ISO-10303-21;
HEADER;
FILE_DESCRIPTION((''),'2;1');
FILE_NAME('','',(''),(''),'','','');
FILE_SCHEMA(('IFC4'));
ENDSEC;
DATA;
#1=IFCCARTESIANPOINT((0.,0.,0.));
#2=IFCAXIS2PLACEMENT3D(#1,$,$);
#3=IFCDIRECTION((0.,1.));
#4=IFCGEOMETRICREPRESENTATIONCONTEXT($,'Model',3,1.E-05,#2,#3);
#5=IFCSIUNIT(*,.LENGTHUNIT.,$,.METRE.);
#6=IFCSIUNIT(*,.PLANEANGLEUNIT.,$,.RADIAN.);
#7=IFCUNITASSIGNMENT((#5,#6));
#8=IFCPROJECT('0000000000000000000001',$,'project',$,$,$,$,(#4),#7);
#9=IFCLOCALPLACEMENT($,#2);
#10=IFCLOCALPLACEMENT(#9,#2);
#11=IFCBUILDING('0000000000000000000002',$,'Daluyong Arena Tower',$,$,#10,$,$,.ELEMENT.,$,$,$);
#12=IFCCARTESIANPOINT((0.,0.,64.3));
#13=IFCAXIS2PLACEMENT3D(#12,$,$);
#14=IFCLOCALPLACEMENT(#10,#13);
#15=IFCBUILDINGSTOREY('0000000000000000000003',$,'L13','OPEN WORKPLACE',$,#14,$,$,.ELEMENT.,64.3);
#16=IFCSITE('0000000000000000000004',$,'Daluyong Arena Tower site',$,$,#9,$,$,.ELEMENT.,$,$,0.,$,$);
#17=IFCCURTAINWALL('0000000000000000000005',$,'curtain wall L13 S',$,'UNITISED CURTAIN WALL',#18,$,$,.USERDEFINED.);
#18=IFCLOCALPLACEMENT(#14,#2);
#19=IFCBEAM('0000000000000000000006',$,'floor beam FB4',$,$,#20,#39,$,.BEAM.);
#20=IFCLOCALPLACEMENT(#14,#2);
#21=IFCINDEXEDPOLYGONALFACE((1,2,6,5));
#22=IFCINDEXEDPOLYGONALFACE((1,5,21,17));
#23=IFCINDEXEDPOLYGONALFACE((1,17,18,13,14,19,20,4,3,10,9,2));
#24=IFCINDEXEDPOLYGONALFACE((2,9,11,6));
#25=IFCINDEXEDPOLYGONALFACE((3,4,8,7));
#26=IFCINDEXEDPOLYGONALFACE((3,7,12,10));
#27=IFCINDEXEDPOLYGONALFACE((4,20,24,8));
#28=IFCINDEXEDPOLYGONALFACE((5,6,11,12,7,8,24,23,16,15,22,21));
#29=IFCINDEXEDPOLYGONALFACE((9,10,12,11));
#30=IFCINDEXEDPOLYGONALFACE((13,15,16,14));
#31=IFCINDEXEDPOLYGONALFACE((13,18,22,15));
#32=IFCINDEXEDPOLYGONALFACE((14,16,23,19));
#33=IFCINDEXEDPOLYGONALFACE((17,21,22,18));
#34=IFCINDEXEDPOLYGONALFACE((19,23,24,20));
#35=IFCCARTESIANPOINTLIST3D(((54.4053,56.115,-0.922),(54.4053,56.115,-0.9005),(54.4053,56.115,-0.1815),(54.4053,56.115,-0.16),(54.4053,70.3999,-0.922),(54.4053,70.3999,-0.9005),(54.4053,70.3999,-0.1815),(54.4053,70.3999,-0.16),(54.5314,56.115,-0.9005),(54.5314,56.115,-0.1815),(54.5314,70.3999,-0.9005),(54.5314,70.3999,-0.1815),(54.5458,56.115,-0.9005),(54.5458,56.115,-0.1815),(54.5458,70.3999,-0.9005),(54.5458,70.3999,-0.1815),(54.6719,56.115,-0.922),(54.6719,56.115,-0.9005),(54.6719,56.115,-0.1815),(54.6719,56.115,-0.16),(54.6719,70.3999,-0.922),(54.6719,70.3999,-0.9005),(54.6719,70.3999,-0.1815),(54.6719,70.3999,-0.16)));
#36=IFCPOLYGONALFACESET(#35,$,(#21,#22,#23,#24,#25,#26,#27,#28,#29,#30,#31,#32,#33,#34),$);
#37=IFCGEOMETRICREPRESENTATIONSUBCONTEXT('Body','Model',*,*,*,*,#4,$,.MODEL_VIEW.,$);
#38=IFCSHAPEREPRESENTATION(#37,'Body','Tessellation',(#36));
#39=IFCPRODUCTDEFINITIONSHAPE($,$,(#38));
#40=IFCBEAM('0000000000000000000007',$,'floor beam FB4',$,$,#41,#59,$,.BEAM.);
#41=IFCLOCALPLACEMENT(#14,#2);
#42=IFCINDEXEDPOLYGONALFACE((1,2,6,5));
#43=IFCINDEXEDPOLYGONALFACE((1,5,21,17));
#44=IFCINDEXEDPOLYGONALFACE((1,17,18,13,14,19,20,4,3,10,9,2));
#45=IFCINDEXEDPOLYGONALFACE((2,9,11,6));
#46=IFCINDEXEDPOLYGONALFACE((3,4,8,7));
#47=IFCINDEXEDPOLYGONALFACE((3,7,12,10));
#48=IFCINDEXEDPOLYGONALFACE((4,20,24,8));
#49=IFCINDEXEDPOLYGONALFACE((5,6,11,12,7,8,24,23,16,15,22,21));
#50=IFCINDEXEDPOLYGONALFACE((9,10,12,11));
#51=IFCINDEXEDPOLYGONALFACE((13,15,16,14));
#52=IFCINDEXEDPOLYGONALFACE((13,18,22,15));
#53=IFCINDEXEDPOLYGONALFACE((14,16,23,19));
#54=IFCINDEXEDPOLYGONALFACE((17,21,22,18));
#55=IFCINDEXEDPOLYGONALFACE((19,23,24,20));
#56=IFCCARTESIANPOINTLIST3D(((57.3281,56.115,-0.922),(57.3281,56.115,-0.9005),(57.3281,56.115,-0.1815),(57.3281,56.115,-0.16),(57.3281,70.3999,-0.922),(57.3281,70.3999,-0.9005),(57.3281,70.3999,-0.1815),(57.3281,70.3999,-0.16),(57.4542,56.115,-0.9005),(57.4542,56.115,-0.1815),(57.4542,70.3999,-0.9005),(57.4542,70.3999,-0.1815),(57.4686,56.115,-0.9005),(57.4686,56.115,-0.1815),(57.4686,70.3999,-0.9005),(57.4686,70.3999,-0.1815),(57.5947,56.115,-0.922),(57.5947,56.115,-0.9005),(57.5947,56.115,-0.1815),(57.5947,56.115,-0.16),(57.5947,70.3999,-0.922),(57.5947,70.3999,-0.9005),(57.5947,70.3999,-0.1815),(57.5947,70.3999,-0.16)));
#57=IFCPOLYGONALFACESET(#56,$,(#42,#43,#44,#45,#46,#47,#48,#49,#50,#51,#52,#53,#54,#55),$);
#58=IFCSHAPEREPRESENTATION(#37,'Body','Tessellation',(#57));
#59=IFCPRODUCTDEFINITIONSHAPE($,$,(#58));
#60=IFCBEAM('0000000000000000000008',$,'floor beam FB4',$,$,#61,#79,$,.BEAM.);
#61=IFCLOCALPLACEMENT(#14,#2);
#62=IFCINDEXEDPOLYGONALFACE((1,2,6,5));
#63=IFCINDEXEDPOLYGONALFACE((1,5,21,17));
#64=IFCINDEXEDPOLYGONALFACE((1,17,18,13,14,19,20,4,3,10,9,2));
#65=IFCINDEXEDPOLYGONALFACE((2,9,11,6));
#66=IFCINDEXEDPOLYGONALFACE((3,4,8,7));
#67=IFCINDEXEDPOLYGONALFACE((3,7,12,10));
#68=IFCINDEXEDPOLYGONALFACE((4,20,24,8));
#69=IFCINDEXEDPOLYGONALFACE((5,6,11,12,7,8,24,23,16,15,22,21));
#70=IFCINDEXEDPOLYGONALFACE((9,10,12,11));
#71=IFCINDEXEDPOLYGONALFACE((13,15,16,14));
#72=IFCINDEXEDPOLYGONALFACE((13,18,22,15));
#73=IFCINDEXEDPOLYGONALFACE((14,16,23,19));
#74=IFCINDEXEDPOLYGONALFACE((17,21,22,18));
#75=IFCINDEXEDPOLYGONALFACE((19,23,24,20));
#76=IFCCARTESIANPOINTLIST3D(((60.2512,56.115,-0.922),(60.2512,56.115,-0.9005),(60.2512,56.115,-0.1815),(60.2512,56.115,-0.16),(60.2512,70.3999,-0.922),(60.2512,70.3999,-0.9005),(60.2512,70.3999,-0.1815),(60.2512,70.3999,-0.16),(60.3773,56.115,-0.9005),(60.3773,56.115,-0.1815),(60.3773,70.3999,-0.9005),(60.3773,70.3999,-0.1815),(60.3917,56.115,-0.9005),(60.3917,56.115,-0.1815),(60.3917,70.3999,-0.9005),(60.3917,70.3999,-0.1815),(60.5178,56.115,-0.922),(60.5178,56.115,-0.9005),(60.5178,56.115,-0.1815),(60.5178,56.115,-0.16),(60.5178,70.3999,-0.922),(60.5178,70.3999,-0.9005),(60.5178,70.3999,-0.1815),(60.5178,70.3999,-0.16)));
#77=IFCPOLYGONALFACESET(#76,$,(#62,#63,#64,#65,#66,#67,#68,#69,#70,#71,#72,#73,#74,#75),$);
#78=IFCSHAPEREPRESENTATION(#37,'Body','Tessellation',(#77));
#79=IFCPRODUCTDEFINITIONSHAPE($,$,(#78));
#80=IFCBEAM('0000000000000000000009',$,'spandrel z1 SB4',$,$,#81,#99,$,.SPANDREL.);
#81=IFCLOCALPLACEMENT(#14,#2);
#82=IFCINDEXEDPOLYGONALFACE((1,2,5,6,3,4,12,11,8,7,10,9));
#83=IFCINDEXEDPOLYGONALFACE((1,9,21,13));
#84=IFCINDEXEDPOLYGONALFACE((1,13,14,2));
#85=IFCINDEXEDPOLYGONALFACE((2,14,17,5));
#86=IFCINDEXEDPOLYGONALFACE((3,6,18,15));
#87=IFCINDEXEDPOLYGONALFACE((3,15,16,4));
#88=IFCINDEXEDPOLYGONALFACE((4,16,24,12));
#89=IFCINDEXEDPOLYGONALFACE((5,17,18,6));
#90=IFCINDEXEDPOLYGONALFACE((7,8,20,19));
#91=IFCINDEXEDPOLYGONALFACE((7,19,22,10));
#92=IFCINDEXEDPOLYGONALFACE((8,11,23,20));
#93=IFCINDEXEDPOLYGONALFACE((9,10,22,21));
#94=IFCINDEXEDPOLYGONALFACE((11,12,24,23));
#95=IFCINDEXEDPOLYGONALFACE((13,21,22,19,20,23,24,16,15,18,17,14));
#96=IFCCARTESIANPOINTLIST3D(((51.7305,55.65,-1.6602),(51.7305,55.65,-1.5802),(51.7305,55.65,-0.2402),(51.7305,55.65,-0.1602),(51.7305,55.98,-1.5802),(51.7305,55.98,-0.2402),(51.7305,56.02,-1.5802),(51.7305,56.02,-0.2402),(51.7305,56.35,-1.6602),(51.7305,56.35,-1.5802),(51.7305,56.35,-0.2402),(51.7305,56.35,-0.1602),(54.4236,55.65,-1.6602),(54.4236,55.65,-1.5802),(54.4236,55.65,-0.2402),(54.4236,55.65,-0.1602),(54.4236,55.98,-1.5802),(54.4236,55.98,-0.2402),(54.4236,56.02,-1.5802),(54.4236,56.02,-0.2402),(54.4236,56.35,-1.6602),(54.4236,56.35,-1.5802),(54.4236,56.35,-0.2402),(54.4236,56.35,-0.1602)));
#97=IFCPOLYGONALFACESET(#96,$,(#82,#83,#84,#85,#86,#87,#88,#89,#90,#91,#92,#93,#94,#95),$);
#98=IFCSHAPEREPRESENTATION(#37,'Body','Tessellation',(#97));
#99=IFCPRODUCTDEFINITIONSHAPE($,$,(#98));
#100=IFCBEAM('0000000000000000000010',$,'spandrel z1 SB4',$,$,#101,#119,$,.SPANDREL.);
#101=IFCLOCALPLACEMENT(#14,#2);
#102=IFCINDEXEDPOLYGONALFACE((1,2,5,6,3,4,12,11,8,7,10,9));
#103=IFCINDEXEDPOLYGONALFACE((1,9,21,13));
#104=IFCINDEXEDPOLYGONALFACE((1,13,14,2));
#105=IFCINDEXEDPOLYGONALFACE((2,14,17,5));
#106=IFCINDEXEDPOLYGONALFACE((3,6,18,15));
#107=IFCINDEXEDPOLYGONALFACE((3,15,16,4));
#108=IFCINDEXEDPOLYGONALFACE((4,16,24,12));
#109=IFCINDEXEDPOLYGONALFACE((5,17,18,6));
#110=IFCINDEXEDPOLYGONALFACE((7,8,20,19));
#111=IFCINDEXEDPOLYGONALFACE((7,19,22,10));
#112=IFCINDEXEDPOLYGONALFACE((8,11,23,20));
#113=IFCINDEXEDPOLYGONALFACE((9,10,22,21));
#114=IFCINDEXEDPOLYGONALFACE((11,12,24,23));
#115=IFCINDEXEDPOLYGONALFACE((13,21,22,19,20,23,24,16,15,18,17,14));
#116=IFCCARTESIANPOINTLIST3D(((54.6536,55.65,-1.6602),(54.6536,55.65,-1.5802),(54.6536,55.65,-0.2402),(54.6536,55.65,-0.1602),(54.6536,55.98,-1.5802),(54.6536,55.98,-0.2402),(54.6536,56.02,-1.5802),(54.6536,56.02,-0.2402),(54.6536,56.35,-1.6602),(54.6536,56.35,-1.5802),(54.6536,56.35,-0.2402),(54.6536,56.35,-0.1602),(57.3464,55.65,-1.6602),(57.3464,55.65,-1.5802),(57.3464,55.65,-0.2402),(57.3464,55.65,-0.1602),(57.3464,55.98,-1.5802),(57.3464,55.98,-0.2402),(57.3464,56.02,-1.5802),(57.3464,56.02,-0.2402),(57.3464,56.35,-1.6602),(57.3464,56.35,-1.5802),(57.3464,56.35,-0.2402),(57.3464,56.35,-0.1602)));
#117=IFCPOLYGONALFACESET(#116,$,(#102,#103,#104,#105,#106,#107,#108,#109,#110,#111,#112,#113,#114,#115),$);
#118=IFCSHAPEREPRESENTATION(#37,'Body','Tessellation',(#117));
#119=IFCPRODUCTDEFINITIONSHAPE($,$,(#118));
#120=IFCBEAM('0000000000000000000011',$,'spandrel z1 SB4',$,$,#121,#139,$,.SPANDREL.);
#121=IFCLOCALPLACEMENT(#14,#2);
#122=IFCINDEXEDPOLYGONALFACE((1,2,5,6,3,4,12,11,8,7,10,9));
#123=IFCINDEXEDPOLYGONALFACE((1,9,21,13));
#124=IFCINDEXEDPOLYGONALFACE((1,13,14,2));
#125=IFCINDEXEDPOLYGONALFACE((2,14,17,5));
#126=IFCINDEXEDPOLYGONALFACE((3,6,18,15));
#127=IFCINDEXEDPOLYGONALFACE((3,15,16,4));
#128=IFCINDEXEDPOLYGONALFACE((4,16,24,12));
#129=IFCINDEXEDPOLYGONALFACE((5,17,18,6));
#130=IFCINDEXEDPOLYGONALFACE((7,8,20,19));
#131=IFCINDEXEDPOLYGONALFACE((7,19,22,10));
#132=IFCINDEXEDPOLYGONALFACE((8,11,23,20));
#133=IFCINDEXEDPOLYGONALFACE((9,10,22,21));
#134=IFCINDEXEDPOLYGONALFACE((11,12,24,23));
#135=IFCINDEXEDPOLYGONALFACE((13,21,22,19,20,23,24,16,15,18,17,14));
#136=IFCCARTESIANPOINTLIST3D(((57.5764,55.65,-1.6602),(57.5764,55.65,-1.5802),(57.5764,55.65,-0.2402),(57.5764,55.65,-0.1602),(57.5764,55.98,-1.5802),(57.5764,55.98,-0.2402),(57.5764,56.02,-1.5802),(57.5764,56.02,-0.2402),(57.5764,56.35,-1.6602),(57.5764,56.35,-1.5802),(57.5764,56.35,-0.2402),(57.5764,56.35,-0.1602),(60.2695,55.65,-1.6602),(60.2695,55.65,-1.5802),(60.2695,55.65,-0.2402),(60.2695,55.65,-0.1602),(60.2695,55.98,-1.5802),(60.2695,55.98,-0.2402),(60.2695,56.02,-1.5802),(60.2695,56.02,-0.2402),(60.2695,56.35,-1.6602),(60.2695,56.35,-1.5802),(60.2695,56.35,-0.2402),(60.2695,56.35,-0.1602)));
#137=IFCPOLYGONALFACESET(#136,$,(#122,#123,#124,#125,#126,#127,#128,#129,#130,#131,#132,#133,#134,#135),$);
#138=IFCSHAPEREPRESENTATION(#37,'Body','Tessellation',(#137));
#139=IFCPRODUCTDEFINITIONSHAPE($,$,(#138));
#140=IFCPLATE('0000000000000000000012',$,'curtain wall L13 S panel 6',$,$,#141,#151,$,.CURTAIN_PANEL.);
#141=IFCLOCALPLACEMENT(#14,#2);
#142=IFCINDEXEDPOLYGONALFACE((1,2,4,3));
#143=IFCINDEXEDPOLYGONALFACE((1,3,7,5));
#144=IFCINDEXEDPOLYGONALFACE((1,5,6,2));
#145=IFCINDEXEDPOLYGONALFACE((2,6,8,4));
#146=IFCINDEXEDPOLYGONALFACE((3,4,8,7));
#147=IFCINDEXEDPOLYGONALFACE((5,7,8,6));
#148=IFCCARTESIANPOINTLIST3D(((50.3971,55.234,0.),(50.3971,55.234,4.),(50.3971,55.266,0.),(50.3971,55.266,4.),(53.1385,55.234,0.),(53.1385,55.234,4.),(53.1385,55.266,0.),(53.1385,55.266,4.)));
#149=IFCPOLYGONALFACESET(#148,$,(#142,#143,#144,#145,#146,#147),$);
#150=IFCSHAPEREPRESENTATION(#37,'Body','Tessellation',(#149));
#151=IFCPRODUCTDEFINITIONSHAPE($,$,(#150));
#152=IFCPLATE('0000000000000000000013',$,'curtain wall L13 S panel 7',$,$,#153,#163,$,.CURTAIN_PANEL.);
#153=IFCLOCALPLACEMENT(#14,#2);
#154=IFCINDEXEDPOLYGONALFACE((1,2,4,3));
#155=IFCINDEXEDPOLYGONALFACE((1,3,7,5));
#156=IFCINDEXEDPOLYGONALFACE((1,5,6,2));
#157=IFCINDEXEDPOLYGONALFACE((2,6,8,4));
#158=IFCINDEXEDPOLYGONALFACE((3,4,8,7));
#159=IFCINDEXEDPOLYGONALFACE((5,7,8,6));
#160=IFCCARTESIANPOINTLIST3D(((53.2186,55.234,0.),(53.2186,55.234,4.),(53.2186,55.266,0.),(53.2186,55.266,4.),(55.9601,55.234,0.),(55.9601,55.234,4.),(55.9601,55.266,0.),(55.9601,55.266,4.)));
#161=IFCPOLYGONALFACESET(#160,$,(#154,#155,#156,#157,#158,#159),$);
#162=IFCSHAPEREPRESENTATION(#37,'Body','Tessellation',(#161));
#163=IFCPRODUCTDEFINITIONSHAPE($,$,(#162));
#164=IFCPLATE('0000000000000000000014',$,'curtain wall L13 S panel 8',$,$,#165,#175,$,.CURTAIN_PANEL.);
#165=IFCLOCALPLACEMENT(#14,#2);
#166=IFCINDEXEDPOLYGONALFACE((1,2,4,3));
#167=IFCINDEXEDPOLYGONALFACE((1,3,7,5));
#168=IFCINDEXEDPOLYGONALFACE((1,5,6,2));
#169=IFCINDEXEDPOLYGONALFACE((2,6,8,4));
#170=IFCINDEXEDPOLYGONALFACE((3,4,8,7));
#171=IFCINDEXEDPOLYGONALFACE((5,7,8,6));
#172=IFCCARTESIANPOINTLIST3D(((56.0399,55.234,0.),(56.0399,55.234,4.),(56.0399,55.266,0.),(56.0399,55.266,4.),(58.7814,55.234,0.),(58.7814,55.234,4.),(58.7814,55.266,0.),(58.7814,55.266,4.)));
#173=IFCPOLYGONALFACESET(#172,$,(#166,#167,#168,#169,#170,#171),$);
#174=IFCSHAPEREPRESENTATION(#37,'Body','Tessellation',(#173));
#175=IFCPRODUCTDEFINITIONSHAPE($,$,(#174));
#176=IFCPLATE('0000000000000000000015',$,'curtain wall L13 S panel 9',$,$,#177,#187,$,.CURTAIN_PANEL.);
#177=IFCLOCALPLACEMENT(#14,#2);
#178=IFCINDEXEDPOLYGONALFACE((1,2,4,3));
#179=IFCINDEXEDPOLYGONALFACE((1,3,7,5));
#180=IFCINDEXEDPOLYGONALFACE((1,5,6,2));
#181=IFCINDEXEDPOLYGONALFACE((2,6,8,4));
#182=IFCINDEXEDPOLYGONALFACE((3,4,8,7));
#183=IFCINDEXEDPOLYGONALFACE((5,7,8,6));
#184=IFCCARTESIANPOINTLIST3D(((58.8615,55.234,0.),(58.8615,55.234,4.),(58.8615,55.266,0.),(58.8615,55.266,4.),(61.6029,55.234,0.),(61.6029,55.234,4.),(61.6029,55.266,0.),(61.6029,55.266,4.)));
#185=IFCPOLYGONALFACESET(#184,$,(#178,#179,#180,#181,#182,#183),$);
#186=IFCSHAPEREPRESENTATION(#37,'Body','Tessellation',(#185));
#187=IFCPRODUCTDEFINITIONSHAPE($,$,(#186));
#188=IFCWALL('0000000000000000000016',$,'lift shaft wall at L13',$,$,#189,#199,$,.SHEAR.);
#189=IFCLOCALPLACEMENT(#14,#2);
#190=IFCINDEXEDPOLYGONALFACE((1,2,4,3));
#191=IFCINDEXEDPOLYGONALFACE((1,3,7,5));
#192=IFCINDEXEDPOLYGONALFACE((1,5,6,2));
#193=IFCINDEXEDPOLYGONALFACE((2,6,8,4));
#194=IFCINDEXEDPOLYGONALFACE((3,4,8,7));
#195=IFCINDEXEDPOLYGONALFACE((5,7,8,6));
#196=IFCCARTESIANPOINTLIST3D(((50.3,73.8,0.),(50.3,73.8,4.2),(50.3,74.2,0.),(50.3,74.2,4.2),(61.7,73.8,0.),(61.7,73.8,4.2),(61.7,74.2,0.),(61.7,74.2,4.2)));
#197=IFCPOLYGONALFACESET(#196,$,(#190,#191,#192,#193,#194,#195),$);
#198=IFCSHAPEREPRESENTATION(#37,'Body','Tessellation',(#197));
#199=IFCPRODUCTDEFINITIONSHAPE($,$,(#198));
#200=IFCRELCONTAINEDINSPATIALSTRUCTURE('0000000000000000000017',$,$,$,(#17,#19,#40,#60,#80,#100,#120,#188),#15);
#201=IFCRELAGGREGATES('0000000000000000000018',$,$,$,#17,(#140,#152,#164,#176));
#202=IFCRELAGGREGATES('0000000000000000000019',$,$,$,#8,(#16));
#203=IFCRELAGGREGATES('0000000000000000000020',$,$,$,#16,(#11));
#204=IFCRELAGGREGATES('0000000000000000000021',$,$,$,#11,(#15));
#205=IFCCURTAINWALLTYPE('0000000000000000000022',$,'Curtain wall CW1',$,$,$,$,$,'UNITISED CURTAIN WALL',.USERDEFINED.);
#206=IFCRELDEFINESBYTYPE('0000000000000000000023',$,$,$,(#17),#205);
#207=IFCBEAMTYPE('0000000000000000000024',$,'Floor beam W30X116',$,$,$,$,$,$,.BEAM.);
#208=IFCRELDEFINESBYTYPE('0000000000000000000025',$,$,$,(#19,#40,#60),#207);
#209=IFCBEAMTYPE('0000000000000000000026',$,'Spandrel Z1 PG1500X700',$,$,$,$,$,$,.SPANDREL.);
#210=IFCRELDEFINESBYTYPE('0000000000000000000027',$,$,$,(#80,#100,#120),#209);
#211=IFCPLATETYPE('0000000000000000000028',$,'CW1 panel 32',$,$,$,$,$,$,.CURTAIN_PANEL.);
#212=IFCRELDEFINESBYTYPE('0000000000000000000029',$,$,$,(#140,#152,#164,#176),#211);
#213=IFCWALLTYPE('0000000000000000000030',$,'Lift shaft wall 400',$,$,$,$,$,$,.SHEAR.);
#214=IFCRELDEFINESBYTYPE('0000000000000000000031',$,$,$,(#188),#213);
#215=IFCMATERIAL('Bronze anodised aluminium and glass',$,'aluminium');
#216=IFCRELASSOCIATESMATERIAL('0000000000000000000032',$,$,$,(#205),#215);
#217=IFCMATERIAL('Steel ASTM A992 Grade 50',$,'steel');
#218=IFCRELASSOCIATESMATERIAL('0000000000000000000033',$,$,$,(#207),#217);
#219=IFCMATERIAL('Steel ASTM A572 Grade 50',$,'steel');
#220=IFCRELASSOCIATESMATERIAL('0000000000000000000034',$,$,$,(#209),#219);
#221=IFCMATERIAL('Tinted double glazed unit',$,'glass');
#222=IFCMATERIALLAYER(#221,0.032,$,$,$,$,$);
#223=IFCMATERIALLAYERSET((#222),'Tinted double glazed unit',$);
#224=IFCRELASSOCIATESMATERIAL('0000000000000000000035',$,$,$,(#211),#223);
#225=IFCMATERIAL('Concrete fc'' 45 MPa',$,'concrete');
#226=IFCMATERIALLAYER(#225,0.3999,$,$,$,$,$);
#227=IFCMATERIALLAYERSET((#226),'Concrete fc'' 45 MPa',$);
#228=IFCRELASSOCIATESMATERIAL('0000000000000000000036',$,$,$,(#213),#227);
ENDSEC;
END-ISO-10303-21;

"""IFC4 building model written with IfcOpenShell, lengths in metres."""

from ifc_helpers import new_model, si_unit, direction, frame, frame_2d, origin, origin_2d, place, context, subcontext, project, spatial, rectangle, i_section, extrude, material, layer, layer_set, material_profile, profile_set, type_object, element, aggregate, save


model = new_model("IFC4")

# Units and contexts
model_context = context("Model", 3, precision=1e-05, world=origin(), true_north=direction((0.0, 1.0)))
body_context = subcontext(model_context, "Body", "Model", "MODEL_VIEW")
ifc_project = project(units=[si_unit("LENGTHUNIT", "METRE"), si_unit("PLANEANGLEUNIT", "RADIAN")], contexts=[model_context])

# Site, building, storey
site_placement = place(None, origin())
site = spatial("IfcSite", under=ifc_project, at=site_placement, Name="Daluyong Arena Tower site", CompositionType="ELEMENT", RefElevation=0.0)
building_placement = place(site_placement, origin())
building = spatial("IfcBuilding", under=site, at=building_placement, Name="Daluyong Arena Tower", CompositionType="ELEMENT")
storey_placement = place(building_placement, frame((0.0, 0.0, 64.3)))
storey = spatial("IfcBuildingStorey", under=building, at=storey_placement, Name="L13", Description="OPEN WORKPLACE", CompositionType="ELEMENT", Elevation=64.3)

# Curtain wall
ifc_material_1 = material(Name="Bronze anodised aluminium and glass", Category="aluminium")
curtain_wall_type = type_object("IfcCurtainWallType", Name="Curtain wall CW1", ElementType="UNITISED CURTAIN WALL", PredefinedType="USERDEFINED", material=ifc_material_1)
curtain_wall_placement = place(storey_placement, origin())
curtain_wall = element("IfcCurtainWall", 1, at=curtain_wall_placement, inside=storey, type_object=curtain_wall_type, Name="curtain wall L13 S", ObjectType="UNITISED CURTAIN WALL", PredefinedType="USERDEFINED")

# Beams
ifc_material_2 = material(Name="Steel ASTM A992 Grade 50", Category="steel")
ifc_material_profile_1 = material_profile(ifc_material_2, i_section(OverallWidth=0.2666, OverallDepth=0.762, WebThickness=0.0144, FlangeThickness=0.0215, at=origin_2d()))
ifc_profile_set_1 = profile_set([ifc_material_profile_1], Name="Steel ASTM A992 Grade 50")
beam_type_1 = type_object("IfcBeamType", Name="Floor beam W30X116", PredefinedType="BEAM", material=ifc_profile_set_1)
for number, where, z_axis, x_axis, name in (
    (2, (54.5386, 56.115, -0.541), (0.0, 1.0, 0.0), (-1.0, 0.0, 0.0), "floor beam FB4"),
    (3, (57.4614, 56.115, -0.541), (0.0, 1.0, 0.0), (-1.0, 0.0, 0.0), "floor beam FB4"),
    (4, (60.3845, 56.115, -0.541), (0.0, 1.0, 0.0), (-1.0, 0.0, 0.0), "floor beam FB4"),
):
    element("IfcBeam", number, at=place(storey_placement, frame(where, z_axis=z_axis, x_axis=x_axis)), inside=storey, type_object=beam_type_1, Name=name, PredefinedType="BEAM", context=body_context, shape_type="SweptSolid", body=[
        extrude(i_section(OverallWidth=0.2666, OverallDepth=0.762, WebThickness=0.0144, FlangeThickness=0.0215, at=origin_2d()), origin(), (0.0, 0.0, 1.0), 14.2849),
    ])
ifc_material_3 = material(Name="Steel ASTM A572 Grade 50", Category="steel")
ifc_material_profile_2 = material_profile(ifc_material_3, i_section(OverallWidth=0.7, OverallDepth=1.5, WebThickness=0.04, FlangeThickness=0.08, at=origin_2d()))
ifc_profile_set_2 = profile_set([ifc_material_profile_2], Name="Steel ASTM A572 Grade 50")
beam_type_2 = type_object("IfcBeamType", Name="Spandrel Z1 PG1500X700", PredefinedType="SPANDREL", material=ifc_profile_set_2)
beam_1_placement = place(storey_placement, frame((51.7305, 56.0, -0.9102), z_axis=(1.0, 0.0, 0.0), x_axis=(0.0, 1.0, 0.0)))
element("IfcBeam", 5, at=beam_1_placement, inside=storey, type_object=beam_type_2, Name="spandrel z1 SB4", PredefinedType="SPANDREL", context=body_context, shape_type="SweptSolid", body=[
    extrude(i_section(OverallWidth=0.7, OverallDepth=1.5, WebThickness=0.04, FlangeThickness=0.08, at=origin_2d()), origin(), (0.0, 0.0, 1.0), 2.6931),
])
beam_2_placement = place(storey_placement, frame((54.6536, 56.0, -0.9102), z_axis=(1.0, 0.0, 0.0), x_axis=(0.0, 1.0, 0.0)))
element("IfcBeam", 6, at=beam_2_placement, inside=storey, type_object=beam_type_2, Name="spandrel z1 SB4", PredefinedType="SPANDREL", context=body_context, shape_type="SweptSolid", body=[
    extrude(i_section(OverallWidth=0.7, OverallDepth=1.5, WebThickness=0.04, FlangeThickness=0.08, at=origin_2d()), origin(), (0.0, 0.0, 1.0), 2.6929),
])
beam_3_placement = place(storey_placement, frame((57.5764, 56.0, -0.9102), z_axis=(1.0, 0.0, 0.0), x_axis=(0.0, 1.0, 0.0)))
element("IfcBeam", 7, at=beam_3_placement, inside=storey, type_object=beam_type_2, Name="spandrel z1 SB4", PredefinedType="SPANDREL", context=body_context, shape_type="SweptSolid", body=[
    extrude(i_section(OverallWidth=0.7, OverallDepth=1.5, WebThickness=0.04, FlangeThickness=0.08, at=origin_2d()), origin(), (0.0, 0.0, 1.0), 2.6931),
])

# Plates
ifc_material_4 = material(Name="Tinted double glazed unit", Category="glass")
ifc_layer_1 = layer(ifc_material_4, 0.032)
ifc_layer_set_1 = layer_set([ifc_layer_1], Name="Tinted double glazed unit")
plate_type = type_object("IfcPlateType", Name="CW1 panel 32", PredefinedType="CURTAIN_PANEL", material=ifc_layer_set_1)
plate_1_placement = place(storey_placement, frame((51.7678, 55.25, 0.0), z_axis=(0.0, 0.0, 1.0), x_axis=(1.0, 0.0, 0.0)))
plate_1 = element("IfcPlate", 8, at=plate_1_placement, type_object=plate_type, Name="curtain wall L13 S panel 6", PredefinedType="CURTAIN_PANEL", context=body_context, shape_type="SweptSolid", body=[
    extrude(rectangle(XDim=2.7415, YDim=0.032, at=origin_2d()), origin(), (0.0, 0.0, 1.0), 4.0),
])
plate_2_placement = place(storey_placement, frame((54.5894, 55.25, 0.0), z_axis=(0.0, 0.0, 1.0), x_axis=(1.0, 0.0, 0.0)))
plate_2 = element("IfcPlate", 9, at=plate_2_placement, type_object=plate_type, Name="curtain wall L13 S panel 7", PredefinedType="CURTAIN_PANEL", context=body_context, shape_type="SweptSolid", body=[
    extrude(rectangle(XDim=2.7415, YDim=0.032, at=origin_2d()), origin(), (0.0, 0.0, 1.0), 4.0),
])
plate_3_placement = place(storey_placement, frame((57.4106, 55.25, 0.0), z_axis=(0.0, 0.0, 1.0), x_axis=(1.0, 0.0, 0.0)))
plate_3 = element("IfcPlate", 10, at=plate_3_placement, type_object=plate_type, Name="curtain wall L13 S panel 8", PredefinedType="CURTAIN_PANEL", context=body_context, shape_type="SweptSolid", body=[
    extrude(rectangle(XDim=2.7415, YDim=0.032, at=origin_2d()), origin(), (0.0, 0.0, 1.0), 4.0),
])
plate_4_placement = place(storey_placement, frame((60.2322, 55.25, 0.0), z_axis=(0.0, 0.0, 1.0), x_axis=(1.0, 0.0, 0.0)))
plate_4 = element("IfcPlate", 11, at=plate_4_placement, type_object=plate_type, Name="curtain wall L13 S panel 9", PredefinedType="CURTAIN_PANEL", context=body_context, shape_type="SweptSolid", body=[
    extrude(rectangle(XDim=2.7415, YDim=0.032, at=origin_2d()), origin(), (0.0, 0.0, 1.0), 4.0),
])
aggregate(curtain_wall, [plate_1, plate_2, plate_3, plate_4])

# Wall
ifc_material_5 = material(Name="Concrete fc' 45 MPa", Category="concrete")
ifc_layer_2 = layer(ifc_material_5, 0.3999)
ifc_layer_set_2 = layer_set([ifc_layer_2], Name="Concrete fc' 45 MPa")
wall_type_1 = type_object("IfcWallType", Name="Lift shaft wall 400", PredefinedType="SHEAR", material=ifc_layer_set_2)
wall_1_placement = place(storey_placement, frame((50.3, 74.0, 0.0), z_axis=(0.0, 0.0, 1.0), x_axis=(1.0, 0.0, 0.0)))
element("IfcWall", 12, at=wall_1_placement, inside=storey, type_object=wall_type_1, Name="lift shaft wall at L13", PredefinedType="SHEAR", context=body_context, shape_type="SweptSolid", body=[
    extrude(rectangle(XDim=11.3999, YDim=0.3999, at=frame_2d((5.7, 0.0))), origin(), (0.0, 0.0, 1.0), 4.2),
])

save(model, "model.ifc")
